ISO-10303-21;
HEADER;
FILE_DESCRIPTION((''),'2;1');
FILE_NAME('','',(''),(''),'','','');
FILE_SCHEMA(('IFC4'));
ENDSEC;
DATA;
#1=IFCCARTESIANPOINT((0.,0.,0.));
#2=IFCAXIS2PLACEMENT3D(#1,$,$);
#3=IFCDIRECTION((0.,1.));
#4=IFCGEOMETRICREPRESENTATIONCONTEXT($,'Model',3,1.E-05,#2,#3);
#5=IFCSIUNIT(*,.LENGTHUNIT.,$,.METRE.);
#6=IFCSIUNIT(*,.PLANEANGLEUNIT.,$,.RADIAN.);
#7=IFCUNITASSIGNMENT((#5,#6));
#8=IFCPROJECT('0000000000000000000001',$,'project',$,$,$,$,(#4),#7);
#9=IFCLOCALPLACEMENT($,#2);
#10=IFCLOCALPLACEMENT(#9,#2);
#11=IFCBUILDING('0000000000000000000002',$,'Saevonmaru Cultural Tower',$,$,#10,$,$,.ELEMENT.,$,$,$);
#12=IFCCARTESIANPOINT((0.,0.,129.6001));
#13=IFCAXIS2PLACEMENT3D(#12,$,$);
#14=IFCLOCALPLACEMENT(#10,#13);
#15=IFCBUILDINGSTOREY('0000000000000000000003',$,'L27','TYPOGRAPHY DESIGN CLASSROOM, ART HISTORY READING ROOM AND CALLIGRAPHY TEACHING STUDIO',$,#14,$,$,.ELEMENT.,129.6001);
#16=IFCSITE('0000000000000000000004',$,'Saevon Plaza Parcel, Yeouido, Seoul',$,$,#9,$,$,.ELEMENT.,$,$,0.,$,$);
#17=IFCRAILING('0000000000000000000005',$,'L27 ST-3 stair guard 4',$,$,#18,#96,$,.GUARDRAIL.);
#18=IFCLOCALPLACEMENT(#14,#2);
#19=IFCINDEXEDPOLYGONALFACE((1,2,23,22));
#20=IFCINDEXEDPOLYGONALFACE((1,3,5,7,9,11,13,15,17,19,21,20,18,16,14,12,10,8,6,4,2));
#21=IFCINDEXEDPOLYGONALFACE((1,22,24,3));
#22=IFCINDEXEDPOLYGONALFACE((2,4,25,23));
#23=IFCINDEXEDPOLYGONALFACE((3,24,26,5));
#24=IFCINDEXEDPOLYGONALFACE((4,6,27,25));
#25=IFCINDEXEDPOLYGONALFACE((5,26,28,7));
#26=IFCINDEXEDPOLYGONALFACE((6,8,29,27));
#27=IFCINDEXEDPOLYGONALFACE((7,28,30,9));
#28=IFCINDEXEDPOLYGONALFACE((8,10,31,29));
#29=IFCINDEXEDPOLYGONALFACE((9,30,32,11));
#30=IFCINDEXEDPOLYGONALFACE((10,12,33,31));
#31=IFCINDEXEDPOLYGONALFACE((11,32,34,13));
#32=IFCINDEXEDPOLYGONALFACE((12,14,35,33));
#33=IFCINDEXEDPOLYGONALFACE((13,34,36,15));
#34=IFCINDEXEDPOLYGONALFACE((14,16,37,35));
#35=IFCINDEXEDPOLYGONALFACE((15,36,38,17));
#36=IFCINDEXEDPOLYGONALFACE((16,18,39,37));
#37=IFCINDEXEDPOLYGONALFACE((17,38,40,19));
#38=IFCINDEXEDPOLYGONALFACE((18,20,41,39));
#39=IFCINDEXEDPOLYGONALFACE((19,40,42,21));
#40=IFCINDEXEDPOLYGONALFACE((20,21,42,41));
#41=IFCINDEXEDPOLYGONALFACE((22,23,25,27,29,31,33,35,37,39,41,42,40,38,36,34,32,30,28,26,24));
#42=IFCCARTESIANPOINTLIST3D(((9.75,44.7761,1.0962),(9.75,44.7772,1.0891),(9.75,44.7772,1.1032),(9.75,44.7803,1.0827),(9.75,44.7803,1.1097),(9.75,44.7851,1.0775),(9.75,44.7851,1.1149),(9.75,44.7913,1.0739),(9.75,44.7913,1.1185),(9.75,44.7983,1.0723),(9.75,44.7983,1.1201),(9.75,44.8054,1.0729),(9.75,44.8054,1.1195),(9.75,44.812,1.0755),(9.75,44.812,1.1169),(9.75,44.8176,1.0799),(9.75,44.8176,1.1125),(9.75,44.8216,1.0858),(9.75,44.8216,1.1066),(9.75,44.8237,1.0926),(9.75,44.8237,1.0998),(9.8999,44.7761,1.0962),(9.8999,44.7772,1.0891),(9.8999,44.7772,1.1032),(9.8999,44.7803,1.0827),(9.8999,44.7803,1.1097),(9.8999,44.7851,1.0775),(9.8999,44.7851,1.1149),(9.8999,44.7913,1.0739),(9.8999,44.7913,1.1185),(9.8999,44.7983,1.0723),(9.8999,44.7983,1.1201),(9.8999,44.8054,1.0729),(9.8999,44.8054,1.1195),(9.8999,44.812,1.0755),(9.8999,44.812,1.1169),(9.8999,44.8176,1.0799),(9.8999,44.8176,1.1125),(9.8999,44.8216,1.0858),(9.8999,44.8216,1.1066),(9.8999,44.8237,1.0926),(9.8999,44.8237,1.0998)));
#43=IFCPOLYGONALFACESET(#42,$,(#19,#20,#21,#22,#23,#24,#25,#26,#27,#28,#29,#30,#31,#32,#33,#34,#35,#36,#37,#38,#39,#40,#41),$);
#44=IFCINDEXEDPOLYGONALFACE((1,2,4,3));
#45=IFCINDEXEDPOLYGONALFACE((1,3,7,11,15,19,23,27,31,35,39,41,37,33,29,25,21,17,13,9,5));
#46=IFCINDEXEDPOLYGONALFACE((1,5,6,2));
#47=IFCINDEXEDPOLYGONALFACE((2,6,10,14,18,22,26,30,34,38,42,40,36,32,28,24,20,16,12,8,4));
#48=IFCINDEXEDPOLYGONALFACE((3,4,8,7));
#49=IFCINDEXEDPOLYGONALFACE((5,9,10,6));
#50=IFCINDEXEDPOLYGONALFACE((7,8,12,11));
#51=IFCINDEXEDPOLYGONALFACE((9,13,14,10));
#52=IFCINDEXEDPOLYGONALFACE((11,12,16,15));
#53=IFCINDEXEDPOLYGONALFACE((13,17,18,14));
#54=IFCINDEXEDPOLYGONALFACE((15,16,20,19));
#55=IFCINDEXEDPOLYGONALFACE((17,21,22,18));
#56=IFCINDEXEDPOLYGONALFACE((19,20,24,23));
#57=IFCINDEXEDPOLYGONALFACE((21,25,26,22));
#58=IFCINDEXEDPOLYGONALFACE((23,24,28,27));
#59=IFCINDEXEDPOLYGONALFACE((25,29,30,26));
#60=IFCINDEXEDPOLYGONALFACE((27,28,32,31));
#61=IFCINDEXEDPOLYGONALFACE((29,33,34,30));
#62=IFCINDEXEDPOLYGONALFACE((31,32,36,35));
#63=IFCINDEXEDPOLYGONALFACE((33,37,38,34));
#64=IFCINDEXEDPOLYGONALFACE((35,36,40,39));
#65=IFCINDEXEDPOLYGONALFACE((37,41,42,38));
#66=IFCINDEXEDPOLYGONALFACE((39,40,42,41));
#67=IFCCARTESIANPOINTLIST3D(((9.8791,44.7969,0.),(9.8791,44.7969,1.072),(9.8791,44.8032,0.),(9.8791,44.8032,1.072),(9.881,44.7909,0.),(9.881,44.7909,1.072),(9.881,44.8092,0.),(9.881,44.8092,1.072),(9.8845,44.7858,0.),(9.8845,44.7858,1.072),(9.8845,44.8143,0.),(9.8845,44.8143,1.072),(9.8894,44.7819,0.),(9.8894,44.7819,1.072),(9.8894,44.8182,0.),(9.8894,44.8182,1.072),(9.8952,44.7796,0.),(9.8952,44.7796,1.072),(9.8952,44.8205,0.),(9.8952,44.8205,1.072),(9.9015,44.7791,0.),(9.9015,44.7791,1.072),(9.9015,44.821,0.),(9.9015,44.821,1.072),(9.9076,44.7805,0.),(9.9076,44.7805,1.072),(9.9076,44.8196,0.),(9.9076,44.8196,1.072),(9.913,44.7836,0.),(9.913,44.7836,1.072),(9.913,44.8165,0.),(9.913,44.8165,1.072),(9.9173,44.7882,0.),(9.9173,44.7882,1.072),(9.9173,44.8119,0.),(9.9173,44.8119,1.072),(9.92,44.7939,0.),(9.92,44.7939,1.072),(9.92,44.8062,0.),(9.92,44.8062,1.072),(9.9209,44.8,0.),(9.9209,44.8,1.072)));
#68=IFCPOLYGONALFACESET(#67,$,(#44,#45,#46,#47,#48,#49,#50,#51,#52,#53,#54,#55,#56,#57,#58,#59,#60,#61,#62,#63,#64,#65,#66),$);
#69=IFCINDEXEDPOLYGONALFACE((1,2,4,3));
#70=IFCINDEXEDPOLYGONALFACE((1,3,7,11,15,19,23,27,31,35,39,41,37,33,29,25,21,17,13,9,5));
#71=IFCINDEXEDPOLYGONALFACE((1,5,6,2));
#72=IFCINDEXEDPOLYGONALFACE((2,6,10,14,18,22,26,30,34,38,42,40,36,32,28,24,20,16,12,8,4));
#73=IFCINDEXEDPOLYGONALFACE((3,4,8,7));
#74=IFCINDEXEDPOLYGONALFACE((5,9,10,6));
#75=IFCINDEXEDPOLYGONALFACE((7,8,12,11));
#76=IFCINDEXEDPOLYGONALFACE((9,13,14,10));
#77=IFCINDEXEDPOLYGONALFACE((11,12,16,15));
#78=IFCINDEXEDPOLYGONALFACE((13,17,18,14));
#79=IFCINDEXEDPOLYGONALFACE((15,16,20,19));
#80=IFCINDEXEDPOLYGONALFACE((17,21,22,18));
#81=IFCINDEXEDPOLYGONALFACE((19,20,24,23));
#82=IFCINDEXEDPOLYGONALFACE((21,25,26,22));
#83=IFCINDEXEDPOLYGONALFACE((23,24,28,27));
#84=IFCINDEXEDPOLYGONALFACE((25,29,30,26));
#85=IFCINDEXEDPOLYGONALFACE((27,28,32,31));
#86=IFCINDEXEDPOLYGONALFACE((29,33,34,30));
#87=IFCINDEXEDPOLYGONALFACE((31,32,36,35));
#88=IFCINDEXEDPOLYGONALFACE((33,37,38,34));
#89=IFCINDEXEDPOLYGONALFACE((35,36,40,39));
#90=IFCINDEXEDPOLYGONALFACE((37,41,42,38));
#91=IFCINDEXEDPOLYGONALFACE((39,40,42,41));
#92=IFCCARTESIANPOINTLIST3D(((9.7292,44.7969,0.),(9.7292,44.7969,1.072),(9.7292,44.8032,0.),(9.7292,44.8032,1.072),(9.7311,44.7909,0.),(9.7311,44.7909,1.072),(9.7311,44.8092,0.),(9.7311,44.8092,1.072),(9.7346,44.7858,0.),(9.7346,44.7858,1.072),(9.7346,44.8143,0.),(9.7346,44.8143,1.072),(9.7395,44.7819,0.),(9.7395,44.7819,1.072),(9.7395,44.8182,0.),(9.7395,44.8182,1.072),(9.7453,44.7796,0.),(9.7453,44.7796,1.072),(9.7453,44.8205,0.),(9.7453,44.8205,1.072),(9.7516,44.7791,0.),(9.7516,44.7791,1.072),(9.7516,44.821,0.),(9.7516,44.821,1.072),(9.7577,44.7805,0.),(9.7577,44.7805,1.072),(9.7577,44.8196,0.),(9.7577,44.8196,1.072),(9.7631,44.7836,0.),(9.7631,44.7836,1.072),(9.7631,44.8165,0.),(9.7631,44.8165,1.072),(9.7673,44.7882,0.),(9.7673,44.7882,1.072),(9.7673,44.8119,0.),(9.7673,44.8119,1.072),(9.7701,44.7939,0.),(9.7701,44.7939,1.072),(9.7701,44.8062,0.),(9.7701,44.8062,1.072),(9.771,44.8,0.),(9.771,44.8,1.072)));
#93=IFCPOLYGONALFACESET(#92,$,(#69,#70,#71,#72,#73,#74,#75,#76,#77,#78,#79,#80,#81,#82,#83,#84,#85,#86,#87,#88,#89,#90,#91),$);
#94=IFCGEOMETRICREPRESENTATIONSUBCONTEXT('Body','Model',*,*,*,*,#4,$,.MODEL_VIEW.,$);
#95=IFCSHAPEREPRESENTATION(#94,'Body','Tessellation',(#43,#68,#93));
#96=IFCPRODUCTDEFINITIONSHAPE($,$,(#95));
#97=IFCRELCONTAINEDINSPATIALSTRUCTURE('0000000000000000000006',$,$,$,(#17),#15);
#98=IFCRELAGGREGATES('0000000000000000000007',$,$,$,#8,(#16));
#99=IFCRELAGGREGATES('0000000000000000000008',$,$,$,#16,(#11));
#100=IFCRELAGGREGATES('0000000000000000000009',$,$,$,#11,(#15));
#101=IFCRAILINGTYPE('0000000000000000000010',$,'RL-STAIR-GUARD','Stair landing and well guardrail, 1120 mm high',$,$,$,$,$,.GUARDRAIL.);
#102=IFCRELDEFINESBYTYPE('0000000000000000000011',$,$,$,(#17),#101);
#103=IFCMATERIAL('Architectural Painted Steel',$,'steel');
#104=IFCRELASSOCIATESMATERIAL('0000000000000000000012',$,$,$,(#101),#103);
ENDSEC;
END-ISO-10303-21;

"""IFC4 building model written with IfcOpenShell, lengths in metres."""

from ifc_helpers import new_model, si_unit, direction, frame, origin, origin_2d, place, context, subcontext, project, spatial, circle, extrude, material, type_object, element, save


model = new_model("IFC4")

# Units and contexts
model_context = context("Model", 3, precision=1e-05, world=origin(), true_north=direction((0.0, 1.0)))
body_context = subcontext(model_context, "Body", "Model", "MODEL_VIEW")
ifc_project = project(units=[si_unit("LENGTHUNIT", "METRE"), si_unit("PLANEANGLEUNIT", "RADIAN")], contexts=[model_context])

# Site, building, storey
site_placement = place(None, origin())
site = spatial("IfcSite", under=ifc_project, at=site_placement, Name="Saevon Plaza Parcel, Yeouido, Seoul", CompositionType="ELEMENT", RefElevation=0.0)
building_placement = place(site_placement, origin())
building = spatial("IfcBuilding", under=site, at=building_placement, Name="Saevonmaru Cultural Tower", CompositionType="ELEMENT")
storey_placement = place(building_placement, frame((0.0, 0.0, 129.6001)))
storey = spatial("IfcBuildingStorey", under=building, at=storey_placement, Name="L27", Description="TYPOGRAPHY DESIGN CLASSROOM, ART HISTORY READING ROOM AND CALLIGRAPHY TEACHING STUDIO", CompositionType="ELEMENT", Elevation=129.6001)

# Railing
ifc_material_1 = material(Name="Architectural Painted Steel", Category="steel")
railing_type_1 = type_object("IfcRailingType", Name="RL-STAIR-GUARD", Description="Stair landing and well guardrail, 1120 mm high", PredefinedType="GUARDRAIL", material=ifc_material_1)
railing_1_placement = place(storey_placement, frame((9.8999, 44.8, 0.0)))
element("IfcRailing", 1, at=railing_1_placement, inside=storey, type_object=railing_type_1, Name="L27 ST-3 stair guard 4", PredefinedType="GUARDRAIL", context=body_context, shape_type="SweptSolid", body=[
    extrude(circle(Radius=0.0239, at=origin_2d()), frame((0.0, 0.0, 1.0962), z_axis=(-1.0, 0.0, 0.0), x_axis=(0.0, -1.0, 0.0)), (0.0, 0.0, 1.0), 0.1499),
    extrude(circle(Radius=0.021, at=origin_2d()), origin(), (0.0, 0.0, 1.0), 1.072),
    extrude(circle(Radius=0.021, at=origin_2d()), frame((-0.1499, 0.0, 0.0)), (0.0, 0.0, 1.0), 1.072),
])

save(model, "model.ifc")
